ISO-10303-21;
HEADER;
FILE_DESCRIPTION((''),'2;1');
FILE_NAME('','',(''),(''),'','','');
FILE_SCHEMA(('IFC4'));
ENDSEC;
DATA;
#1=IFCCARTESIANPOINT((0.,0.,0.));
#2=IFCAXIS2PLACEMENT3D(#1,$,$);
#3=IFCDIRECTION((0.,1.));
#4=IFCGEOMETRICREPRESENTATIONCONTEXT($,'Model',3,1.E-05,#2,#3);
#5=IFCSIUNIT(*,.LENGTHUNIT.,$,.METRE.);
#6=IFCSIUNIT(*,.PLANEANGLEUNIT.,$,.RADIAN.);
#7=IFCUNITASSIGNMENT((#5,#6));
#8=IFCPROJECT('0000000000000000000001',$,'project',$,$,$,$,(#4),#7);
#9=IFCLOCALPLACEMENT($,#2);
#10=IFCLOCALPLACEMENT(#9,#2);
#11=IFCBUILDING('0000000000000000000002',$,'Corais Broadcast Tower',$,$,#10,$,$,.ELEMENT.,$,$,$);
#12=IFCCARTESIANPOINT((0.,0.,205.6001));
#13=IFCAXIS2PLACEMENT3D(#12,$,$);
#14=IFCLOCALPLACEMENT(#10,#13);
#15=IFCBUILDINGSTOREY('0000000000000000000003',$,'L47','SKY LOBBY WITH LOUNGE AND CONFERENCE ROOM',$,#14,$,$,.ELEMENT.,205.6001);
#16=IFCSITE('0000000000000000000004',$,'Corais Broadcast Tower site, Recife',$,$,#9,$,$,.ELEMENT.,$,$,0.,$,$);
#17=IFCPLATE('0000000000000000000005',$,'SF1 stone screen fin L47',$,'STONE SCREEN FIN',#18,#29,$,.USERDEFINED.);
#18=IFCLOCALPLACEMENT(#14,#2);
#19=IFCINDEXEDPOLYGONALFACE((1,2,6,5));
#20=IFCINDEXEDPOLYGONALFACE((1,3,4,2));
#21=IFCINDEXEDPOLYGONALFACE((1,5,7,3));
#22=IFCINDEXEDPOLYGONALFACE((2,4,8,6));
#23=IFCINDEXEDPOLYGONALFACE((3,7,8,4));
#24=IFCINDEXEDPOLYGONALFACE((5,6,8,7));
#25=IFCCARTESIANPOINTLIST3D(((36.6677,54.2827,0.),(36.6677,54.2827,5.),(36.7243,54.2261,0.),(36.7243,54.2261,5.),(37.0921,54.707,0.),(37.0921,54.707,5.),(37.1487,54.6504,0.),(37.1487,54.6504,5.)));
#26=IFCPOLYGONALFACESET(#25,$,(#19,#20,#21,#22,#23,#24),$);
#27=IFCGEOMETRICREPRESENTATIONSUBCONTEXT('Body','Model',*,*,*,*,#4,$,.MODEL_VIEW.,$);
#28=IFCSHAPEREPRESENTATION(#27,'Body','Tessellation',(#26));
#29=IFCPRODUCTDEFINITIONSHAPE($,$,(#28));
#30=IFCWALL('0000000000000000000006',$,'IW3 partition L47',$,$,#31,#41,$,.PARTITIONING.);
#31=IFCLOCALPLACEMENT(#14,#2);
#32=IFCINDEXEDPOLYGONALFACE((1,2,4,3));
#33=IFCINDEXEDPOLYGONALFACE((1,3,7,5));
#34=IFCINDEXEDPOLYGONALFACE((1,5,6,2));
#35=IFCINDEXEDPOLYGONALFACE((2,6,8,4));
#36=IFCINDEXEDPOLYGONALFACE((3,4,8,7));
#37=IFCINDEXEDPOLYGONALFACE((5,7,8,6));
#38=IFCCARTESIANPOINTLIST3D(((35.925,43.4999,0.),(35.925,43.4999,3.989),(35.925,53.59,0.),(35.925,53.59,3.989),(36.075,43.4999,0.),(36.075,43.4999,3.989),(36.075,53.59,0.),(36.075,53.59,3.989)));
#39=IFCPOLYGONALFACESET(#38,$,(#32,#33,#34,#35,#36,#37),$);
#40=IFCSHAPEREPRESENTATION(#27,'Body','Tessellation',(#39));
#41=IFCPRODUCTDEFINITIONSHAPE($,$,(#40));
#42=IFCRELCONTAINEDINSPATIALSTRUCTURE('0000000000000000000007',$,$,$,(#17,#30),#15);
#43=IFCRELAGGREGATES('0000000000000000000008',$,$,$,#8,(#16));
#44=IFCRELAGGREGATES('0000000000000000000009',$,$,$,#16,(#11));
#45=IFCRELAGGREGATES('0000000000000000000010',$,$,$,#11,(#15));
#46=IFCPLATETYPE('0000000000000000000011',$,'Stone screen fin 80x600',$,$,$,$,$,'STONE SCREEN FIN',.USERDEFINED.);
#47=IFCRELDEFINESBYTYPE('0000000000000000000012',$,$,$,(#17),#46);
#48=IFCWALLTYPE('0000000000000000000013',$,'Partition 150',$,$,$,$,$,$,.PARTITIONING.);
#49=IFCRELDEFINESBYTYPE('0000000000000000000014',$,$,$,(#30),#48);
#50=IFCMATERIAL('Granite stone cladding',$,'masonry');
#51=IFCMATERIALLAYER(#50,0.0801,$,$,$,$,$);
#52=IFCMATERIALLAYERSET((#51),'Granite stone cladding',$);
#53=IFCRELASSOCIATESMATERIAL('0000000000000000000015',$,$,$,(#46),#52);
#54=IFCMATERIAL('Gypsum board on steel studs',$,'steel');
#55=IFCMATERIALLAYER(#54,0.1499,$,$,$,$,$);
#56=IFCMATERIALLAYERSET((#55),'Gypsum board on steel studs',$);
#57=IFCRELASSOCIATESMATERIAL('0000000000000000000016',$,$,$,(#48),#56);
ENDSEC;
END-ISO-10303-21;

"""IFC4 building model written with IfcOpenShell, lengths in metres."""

from ifc_helpers import new_model, si_unit, direction, frame, frame_2d, origin, origin_2d, place, context, subcontext, project, spatial, rectangle, extrude, material, layer, layer_set, type_object, element, save


model = new_model("IFC4")

# Units and contexts
model_context = context("Model", 3, precision=1e-05, world=origin(), true_north=direction((0.0, 1.0)))
body_context = subcontext(model_context, "Body", "Model", "MODEL_VIEW")
ifc_project = project(units=[si_unit("LENGTHUNIT", "METRE"), si_unit("PLANEANGLEUNIT", "RADIAN")], contexts=[model_context])

# Site, building, storey
site_placement = place(None, origin())
site = spatial("IfcSite", under=ifc_project, at=site_placement, Name="Corais Broadcast Tower site, Recife", CompositionType="ELEMENT", RefElevation=0.0)
building_placement = place(site_placement, origin())
building = spatial("IfcBuilding", under=site, at=building_placement, Name="Corais Broadcast Tower", CompositionType="ELEMENT")
storey_placement = place(building_placement, frame((0.0, 0.0, 205.6001)))
storey = spatial("IfcBuildingStorey", under=building, at=storey_placement, Name="L47", Description="SKY LOBBY WITH LOUNGE AND CONFERENCE ROOM", CompositionType="ELEMENT", Elevation=205.6001)

# Plate
ifc_material_1 = material(Name="Granite stone cladding", Category="masonry")
ifc_layer_1 = layer(ifc_material_1, 0.0801)
ifc_layer_set_1 = layer_set([ifc_layer_1], Name="Granite stone cladding")
plate_type_1 = type_object("IfcPlateType", Name="Stone screen fin 80x600", ElementType="STONE SCREEN FIN", PredefinedType="USERDEFINED", material=ifc_layer_set_1)
plate_1_placement = place(storey_placement, frame((36.9082, 54.4666, 0.0), z_axis=(0.0, 0.0, 1.0), x_axis=(0.707107, -0.707107, 0.0)))
element("IfcPlate", 1, at=plate_1_placement, inside=storey, type_object=plate_type_1, Name="SF1 stone screen fin L47", ObjectType="STONE SCREEN FIN", PredefinedType="USERDEFINED", context=body_context, shape_type="SweptSolid", body=[
    extrude(rectangle(XDim=0.0801, YDim=0.6001, at=origin_2d()), origin(), (0.0, 0.0, 1.0), 5.0),
])

# Wall
ifc_material_2 = material(Name="Gypsum board on steel studs", Category="steel")
ifc_layer_2 = layer(ifc_material_2, 0.1499)
ifc_layer_set_2 = layer_set([ifc_layer_2], Name="Gypsum board on steel studs")
wall_type = type_object("IfcWallType", Name="Partition 150", PredefinedType="PARTITIONING", material=ifc_layer_set_2)
wall_placement = place(storey_placement, frame((36.0, 43.5, 0.0), z_axis=(0.0, 0.0, 1.0), x_axis=(0.0, 1.0, 0.0)))
element("IfcWall", 2, at=wall_placement, inside=storey, type_object=wall_type, Name="IW3 partition L47", PredefinedType="PARTITIONING", context=body_context, shape_type="SweptSolid", body=[
    extrude(rectangle(XDim=10.0901, YDim=0.1499, at=frame_2d((5.0449, 0.0))), origin(), (0.0, 0.0, 1.0), 3.989),
])

save(model, "model.ifc")
